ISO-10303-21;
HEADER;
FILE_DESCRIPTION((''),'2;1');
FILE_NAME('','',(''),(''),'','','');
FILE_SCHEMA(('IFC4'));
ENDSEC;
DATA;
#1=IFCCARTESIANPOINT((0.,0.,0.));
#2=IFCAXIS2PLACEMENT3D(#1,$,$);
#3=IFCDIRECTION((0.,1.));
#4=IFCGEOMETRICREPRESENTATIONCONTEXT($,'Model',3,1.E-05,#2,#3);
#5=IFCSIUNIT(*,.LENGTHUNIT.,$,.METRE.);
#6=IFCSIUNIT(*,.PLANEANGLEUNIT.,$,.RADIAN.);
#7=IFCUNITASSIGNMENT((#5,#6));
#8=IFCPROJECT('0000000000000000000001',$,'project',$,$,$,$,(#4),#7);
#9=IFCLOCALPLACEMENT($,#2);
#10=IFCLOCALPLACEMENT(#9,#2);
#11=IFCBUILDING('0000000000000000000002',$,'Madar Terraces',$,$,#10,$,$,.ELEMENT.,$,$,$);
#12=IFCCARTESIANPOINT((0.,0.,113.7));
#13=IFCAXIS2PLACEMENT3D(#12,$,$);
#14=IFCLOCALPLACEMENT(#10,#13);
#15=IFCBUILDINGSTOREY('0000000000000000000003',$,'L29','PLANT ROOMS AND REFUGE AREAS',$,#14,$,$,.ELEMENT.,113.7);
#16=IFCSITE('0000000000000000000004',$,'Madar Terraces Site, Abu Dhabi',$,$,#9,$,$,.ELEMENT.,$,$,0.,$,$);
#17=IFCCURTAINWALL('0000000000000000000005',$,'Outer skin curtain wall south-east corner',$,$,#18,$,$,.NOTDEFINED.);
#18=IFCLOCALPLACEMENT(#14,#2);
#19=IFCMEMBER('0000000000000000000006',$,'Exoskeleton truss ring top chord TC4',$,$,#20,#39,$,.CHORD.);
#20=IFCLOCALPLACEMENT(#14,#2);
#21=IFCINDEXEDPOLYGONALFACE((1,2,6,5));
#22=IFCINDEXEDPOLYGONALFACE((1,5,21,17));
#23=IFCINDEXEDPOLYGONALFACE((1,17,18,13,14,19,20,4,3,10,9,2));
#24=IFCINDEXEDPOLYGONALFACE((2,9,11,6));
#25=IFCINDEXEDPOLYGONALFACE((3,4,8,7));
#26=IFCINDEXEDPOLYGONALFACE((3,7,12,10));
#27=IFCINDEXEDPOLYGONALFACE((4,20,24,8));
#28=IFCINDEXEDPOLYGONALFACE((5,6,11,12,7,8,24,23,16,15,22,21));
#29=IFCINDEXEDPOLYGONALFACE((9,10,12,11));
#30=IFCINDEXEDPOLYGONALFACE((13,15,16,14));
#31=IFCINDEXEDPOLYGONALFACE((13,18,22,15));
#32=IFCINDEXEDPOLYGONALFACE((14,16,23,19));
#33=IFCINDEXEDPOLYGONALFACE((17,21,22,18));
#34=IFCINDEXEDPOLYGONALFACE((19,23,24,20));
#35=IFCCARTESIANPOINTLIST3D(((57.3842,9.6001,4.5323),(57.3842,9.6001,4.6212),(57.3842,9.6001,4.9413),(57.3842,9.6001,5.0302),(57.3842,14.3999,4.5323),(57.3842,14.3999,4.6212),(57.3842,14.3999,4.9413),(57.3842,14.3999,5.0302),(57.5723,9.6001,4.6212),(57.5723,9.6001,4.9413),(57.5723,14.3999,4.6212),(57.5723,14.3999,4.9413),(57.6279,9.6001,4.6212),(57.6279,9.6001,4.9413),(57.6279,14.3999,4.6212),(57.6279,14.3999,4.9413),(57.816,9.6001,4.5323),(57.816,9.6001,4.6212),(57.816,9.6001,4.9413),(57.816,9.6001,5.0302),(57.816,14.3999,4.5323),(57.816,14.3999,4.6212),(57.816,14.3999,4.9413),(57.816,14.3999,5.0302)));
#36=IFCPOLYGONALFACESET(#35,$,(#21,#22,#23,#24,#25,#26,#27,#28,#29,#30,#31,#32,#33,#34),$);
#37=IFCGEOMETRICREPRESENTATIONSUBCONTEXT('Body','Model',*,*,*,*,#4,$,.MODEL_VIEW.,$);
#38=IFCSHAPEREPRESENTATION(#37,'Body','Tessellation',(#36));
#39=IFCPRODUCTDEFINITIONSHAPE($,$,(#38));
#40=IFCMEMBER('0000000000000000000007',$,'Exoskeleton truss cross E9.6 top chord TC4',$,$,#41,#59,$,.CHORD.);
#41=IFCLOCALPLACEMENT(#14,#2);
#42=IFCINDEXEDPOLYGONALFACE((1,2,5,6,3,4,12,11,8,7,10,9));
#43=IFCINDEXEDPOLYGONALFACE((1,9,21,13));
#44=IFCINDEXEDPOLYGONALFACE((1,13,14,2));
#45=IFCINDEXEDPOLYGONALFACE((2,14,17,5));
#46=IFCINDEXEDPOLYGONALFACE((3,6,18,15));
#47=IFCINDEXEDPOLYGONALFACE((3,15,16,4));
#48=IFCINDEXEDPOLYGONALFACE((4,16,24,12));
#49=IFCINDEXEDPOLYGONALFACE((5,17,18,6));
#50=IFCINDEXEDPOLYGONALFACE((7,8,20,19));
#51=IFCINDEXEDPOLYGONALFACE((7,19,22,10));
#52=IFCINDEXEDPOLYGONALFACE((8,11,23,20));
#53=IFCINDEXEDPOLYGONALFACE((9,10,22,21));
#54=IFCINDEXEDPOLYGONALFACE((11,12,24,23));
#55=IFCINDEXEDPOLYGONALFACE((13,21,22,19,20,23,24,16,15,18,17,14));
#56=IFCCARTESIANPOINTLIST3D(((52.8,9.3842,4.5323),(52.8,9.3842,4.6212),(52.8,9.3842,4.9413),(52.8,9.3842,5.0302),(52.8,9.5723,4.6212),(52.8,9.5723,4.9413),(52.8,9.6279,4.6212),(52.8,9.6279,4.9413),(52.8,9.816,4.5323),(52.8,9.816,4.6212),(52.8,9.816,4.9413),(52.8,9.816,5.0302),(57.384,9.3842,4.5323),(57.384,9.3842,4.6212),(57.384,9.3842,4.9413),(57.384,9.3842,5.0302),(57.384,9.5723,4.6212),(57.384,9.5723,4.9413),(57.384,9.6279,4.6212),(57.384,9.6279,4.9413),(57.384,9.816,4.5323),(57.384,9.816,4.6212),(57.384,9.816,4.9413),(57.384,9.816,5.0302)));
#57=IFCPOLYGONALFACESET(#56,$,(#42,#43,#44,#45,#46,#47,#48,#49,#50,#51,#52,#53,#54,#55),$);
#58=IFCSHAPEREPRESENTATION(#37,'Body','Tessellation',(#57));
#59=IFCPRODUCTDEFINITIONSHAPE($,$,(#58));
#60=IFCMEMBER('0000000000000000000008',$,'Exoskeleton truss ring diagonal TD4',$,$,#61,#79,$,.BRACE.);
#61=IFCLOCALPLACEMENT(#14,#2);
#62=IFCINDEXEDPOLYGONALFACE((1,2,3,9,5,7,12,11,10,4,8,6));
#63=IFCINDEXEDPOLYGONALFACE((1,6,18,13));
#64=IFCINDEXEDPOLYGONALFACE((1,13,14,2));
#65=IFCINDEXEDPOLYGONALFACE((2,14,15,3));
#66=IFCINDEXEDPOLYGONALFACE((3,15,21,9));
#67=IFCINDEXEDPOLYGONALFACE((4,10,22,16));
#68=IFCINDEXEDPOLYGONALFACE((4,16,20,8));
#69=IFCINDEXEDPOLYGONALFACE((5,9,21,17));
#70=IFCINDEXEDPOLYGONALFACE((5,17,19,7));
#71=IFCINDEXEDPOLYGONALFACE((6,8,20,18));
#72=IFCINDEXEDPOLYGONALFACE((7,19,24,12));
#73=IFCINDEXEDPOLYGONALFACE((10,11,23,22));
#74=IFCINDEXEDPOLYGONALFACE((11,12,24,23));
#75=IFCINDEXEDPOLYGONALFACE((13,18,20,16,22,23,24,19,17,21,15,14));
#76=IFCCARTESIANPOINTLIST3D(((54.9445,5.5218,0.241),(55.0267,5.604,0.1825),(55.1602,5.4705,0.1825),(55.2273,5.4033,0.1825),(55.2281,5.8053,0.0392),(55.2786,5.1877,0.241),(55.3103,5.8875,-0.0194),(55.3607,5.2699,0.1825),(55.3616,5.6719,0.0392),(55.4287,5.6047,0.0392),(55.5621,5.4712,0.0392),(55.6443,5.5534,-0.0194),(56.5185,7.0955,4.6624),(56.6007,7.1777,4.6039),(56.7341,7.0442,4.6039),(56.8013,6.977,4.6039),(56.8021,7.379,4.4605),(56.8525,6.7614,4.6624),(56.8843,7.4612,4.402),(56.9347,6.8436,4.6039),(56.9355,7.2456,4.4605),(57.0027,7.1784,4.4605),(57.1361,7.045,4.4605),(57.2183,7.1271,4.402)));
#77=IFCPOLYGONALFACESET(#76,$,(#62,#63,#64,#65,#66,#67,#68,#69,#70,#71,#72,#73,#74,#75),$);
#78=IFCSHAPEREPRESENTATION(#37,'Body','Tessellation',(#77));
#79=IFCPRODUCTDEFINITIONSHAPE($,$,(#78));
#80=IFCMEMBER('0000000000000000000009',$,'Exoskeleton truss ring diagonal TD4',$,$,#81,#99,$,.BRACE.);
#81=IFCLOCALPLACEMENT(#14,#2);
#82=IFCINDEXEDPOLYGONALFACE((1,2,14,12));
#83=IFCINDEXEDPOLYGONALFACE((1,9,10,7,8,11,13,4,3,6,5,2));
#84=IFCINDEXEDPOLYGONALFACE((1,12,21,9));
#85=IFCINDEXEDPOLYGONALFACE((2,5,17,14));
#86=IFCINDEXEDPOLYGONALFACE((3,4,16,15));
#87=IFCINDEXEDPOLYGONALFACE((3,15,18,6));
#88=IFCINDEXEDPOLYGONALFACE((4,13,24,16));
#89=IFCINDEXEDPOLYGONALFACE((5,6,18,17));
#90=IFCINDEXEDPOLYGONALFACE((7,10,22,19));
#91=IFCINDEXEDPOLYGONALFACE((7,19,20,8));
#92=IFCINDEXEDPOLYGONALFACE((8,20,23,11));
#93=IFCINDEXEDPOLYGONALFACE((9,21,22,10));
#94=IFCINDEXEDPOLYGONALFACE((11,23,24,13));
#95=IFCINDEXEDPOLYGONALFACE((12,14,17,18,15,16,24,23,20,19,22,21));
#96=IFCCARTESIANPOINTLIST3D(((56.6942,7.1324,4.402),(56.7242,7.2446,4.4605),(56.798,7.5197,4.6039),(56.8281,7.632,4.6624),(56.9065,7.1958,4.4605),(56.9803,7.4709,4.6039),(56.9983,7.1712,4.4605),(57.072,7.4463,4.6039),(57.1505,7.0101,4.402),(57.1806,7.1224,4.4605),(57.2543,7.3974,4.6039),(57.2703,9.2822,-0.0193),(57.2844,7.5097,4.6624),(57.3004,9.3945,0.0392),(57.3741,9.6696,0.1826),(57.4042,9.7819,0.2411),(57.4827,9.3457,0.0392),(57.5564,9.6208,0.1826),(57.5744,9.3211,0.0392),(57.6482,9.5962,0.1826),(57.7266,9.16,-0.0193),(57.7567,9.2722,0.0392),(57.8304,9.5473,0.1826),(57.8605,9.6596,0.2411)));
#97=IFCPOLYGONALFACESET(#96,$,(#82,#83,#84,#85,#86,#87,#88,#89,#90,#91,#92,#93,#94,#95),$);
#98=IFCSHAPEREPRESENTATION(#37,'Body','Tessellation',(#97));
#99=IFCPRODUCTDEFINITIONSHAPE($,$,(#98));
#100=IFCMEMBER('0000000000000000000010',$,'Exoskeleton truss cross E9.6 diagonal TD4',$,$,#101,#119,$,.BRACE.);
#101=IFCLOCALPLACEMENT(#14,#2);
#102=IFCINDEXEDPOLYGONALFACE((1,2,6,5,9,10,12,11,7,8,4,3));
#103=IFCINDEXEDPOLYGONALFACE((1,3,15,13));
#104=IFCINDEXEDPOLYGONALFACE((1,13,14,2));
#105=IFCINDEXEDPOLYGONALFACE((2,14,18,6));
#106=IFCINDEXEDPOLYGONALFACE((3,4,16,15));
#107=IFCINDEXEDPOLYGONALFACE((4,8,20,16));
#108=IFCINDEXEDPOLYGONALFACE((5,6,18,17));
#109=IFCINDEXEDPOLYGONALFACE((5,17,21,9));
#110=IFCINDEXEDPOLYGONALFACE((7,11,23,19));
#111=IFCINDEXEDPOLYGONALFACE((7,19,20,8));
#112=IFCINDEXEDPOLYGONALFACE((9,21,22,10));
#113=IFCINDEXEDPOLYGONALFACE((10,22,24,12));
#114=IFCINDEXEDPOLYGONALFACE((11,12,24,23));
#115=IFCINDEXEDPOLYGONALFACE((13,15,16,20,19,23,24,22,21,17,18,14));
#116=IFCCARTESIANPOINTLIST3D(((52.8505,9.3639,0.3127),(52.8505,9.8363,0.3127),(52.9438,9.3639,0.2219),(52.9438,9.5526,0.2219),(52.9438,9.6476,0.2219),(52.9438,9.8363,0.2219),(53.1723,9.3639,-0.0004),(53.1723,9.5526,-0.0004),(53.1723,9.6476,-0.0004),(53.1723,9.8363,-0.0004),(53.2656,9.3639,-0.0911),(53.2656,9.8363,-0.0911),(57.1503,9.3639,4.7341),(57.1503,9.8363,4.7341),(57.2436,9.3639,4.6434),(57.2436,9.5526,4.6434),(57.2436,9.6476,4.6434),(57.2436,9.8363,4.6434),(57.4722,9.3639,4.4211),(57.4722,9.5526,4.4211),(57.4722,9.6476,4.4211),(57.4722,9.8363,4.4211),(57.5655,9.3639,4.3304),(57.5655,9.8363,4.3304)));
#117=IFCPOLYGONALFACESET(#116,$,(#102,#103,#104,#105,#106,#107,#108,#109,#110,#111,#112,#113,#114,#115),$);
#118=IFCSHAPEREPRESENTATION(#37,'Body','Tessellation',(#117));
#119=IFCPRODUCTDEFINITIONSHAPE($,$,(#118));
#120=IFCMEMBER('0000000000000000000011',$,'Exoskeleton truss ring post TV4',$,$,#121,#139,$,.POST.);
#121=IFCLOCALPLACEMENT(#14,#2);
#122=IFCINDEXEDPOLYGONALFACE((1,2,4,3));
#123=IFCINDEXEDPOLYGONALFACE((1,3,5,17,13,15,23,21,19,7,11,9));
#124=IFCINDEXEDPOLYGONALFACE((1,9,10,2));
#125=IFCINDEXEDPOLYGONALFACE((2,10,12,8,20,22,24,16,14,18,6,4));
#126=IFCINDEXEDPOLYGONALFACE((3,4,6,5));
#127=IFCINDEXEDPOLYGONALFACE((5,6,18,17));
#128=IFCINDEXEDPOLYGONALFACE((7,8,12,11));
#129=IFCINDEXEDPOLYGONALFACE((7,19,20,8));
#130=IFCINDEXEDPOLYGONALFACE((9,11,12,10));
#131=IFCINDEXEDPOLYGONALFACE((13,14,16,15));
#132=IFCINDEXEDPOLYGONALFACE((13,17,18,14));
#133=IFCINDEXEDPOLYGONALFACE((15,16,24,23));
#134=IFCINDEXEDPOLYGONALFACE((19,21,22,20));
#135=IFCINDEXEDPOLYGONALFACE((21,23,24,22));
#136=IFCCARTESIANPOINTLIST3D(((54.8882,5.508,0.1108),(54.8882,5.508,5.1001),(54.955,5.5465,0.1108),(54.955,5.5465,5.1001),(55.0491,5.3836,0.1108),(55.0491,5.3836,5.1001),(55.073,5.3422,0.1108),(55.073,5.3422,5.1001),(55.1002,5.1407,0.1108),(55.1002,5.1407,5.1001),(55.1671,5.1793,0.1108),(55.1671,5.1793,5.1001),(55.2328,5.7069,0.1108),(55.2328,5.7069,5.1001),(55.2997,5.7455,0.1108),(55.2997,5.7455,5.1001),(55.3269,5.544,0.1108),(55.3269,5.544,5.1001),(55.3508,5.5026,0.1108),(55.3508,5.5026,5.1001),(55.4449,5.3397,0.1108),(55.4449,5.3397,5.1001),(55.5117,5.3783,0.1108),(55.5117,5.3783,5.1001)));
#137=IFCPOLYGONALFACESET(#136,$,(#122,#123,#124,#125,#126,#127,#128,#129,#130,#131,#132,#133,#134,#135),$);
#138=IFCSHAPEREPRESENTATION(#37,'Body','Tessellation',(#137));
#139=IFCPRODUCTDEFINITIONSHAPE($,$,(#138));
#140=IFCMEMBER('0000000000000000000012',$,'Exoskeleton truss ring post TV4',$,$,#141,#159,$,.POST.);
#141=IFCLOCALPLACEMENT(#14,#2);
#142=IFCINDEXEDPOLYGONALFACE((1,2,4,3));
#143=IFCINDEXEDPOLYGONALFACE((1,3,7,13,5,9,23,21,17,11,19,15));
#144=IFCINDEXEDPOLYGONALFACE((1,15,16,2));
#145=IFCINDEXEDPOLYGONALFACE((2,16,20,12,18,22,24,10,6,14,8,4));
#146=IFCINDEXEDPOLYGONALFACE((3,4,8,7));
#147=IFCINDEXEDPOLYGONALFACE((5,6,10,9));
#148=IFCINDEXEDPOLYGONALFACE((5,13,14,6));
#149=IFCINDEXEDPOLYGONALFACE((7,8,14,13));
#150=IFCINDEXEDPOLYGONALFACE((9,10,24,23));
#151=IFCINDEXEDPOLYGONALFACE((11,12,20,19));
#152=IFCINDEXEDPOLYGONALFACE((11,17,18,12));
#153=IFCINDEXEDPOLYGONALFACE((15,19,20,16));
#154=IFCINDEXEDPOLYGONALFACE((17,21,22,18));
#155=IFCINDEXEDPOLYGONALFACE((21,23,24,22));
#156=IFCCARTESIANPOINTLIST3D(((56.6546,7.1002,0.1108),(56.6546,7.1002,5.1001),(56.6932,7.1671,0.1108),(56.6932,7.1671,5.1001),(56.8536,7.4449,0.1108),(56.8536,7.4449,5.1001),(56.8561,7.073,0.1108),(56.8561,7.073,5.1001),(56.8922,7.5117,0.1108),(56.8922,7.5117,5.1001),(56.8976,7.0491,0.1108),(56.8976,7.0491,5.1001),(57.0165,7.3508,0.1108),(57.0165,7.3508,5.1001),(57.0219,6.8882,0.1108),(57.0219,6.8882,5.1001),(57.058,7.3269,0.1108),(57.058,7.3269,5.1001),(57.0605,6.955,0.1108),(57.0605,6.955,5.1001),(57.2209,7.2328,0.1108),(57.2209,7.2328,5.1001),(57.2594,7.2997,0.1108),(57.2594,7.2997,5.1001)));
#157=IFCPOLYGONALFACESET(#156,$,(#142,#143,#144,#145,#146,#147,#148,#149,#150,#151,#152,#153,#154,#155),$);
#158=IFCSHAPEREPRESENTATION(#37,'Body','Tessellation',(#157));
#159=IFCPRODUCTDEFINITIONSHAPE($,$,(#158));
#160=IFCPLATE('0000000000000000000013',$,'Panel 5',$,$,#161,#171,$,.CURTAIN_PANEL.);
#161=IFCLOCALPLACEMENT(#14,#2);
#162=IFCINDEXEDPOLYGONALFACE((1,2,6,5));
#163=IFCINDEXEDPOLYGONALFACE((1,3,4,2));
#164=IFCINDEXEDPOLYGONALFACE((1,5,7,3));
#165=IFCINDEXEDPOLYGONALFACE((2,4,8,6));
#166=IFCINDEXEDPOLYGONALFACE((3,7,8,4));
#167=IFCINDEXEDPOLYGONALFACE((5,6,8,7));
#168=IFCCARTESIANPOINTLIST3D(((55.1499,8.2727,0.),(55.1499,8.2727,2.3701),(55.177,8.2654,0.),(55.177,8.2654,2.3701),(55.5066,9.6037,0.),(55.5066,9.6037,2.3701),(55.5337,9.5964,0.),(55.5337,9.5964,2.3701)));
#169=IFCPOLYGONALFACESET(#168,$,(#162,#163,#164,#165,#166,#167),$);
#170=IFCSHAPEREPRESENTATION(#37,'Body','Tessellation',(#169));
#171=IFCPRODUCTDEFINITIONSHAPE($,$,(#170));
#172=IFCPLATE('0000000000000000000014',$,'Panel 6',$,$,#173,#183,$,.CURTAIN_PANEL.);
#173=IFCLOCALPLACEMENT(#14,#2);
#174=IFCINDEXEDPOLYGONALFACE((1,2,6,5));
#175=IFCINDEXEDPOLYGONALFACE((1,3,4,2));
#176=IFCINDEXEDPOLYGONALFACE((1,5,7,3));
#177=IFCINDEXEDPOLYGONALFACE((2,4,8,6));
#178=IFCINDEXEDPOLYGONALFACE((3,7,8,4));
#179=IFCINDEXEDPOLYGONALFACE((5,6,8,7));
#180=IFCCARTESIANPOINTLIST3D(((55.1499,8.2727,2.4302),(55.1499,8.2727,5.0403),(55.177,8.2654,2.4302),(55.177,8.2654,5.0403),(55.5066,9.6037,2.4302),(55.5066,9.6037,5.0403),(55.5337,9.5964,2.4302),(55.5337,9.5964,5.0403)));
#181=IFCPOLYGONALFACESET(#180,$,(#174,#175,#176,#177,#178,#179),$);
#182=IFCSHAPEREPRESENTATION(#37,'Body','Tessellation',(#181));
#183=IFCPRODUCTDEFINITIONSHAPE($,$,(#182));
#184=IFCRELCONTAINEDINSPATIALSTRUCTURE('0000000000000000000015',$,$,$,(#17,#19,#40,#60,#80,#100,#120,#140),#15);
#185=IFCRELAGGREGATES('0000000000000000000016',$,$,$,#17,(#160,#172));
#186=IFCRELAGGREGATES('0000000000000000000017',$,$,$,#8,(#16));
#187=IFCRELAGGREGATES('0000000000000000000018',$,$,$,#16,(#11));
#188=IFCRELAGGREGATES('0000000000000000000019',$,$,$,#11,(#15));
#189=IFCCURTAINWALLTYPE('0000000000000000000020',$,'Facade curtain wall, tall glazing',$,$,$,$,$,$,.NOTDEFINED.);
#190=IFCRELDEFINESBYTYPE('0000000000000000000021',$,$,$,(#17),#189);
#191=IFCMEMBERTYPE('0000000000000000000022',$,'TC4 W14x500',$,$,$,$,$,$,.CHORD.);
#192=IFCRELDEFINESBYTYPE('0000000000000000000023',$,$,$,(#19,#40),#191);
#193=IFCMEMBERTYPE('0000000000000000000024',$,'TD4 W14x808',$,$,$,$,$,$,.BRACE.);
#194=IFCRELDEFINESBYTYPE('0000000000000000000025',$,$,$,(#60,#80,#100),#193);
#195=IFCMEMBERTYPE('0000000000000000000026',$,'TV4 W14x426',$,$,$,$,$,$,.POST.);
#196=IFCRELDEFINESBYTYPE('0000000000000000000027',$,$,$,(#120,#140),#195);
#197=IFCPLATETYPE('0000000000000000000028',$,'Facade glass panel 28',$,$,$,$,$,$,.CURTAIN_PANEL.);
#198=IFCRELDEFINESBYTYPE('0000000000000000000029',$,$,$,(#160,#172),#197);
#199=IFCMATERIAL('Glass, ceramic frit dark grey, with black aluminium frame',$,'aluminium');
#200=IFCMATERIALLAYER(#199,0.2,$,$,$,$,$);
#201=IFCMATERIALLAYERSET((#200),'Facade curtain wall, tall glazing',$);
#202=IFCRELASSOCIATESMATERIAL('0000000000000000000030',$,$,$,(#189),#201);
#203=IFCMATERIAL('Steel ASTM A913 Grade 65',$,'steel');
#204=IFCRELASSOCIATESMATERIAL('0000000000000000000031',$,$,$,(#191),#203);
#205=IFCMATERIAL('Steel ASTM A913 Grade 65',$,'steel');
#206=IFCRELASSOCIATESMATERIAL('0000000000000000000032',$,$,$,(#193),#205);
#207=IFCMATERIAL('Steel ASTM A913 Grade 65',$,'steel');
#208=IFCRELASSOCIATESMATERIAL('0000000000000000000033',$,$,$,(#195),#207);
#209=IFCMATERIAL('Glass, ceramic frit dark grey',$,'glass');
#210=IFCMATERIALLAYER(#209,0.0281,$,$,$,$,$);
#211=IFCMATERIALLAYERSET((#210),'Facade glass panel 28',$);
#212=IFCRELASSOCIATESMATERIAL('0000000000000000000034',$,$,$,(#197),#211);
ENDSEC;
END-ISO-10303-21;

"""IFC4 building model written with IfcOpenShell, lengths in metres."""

from ifc_helpers import new_model, si_unit, direction, frame, origin, origin_2d, place, context, subcontext, project, spatial, rectangle, i_section, extrude, material, layer, layer_set, material_profile, profile_set, type_object, element, aggregate, save


model = new_model("IFC4")

# Units and contexts
model_context = context("Model", 3, precision=1e-05, world=origin(), true_north=direction((0.0, 1.0)))
body_context = subcontext(model_context, "Body", "Model", "MODEL_VIEW")
ifc_project = project(units=[si_unit("LENGTHUNIT", "METRE"), si_unit("PLANEANGLEUNIT", "RADIAN")], contexts=[model_context])

# Site, building, storey
site_placement = place(None, origin())
site = spatial("IfcSite", under=ifc_project, at=site_placement, Name="Madar Terraces Site, Abu Dhabi", CompositionType="ELEMENT", RefElevation=0.0)
building_placement = place(site_placement, origin())
building = spatial("IfcBuilding", under=site, at=building_placement, Name="Madar Terraces", CompositionType="ELEMENT")
storey_placement = place(building_placement, frame((0.0, 0.0, 113.7)))
storey = spatial("IfcBuildingStorey", under=building, at=storey_placement, Name="L29", Description="PLANT ROOMS AND REFUGE AREAS", CompositionType="ELEMENT", Elevation=113.7)

# Shared definitions
ifc_material_1 = material(Name="Glass, ceramic frit dark grey, with black aluminium frame", Category="aluminium")
ifc_layer_1 = layer(ifc_material_1, 0.2)
ifc_layer_set_1 = layer_set([ifc_layer_1], Name="Facade curtain wall, tall glazing")
curtain_wall_type = type_object("IfcCurtainWallType", Name="Facade curtain wall, tall glazing", PredefinedType="NOTDEFINED", material=ifc_layer_set_1)

# Curtain wall
curtain_wall_1_placement = place(storey_placement, origin())
curtain_wall_1 = element("IfcCurtainWall", 1, at=curtain_wall_1_placement, inside=storey, type_object=curtain_wall_type, Name="Outer skin curtain wall south-east corner", PredefinedType="NOTDEFINED")

# Members
ifc_material_2 = material(Name="Steel ASTM A913 Grade 65", Category="steel")
ifc_material_profile_1 = material_profile(ifc_material_2, i_section(OverallWidth=0.4319, OverallDepth=0.4978, WebThickness=0.0557, FlangeThickness=0.0889, at=origin_2d()), Name="W14x500")
ifc_profile_set_1 = profile_set([ifc_material_profile_1], Name="Steel ASTM A913 Grade 65")
member_type_1 = type_object("IfcMemberType", Name="TC4 W14x500", PredefinedType="CHORD", material=ifc_profile_set_1)
member_1_placement = place(storey_placement, frame((57.6001, 9.6001, 4.7812), z_axis=(0.0, 1.0, 0.0), x_axis=(-1.0, 0.0, 0.0)))
element("IfcMember", 2, at=member_1_placement, inside=storey, type_object=member_type_1, Name="Exoskeleton truss ring top chord TC4", PredefinedType="CHORD", context=body_context, shape_type="SweptSolid", body=[
    extrude(i_section(OverallWidth=0.4319, OverallDepth=0.4978, WebThickness=0.0557, FlangeThickness=0.0889, at=origin_2d()), origin(), (0.0, 0.0, 1.0), 4.7998),
])
member_2_placement = place(storey_placement, frame((57.384, 9.6001, 4.7812), z_axis=(-1.0, 0.0, 0.0), x_axis=(0.0, -1.0, 0.0)))
element("IfcMember", 3, at=member_2_placement, inside=storey, type_object=member_type_1, Name="Exoskeleton truss cross E9.6 top chord TC4", PredefinedType="CHORD", context=body_context, shape_type="SweptSolid", body=[
    extrude(i_section(OverallWidth=0.4319, OverallDepth=0.4978, WebThickness=0.0557, FlangeThickness=0.0889, at=origin_2d()), origin(), (0.0, 0.0, 1.0), 4.584),
])
ifc_material_3 = material(Name="Steel ASTM A913 Grade 65", Category="steel")
ifc_material_profile_2 = material_profile(ifc_material_3, i_section(OverallWidth=0.4724, OverallDepth=0.5791, WebThickness=0.095, FlangeThickness=0.1301, at=origin_2d()), Name="W14x808")
ifc_profile_set_2 = profile_set([ifc_material_profile_2], Name="Steel ASTM A913 Grade 65")
member_type_2 = type_object("IfcMemberType", Name="TD4 W14x808", PredefinedType="BRACE", material=ifc_profile_set_2)
for number, where, z_axis, x_axis, name in (
    (4, (55.2944, 5.5376, 0.1108), (0.317973, 0.317924, 0.893206), (-0.707052, 0.707162, 0.0), "Exoskeleton truss ring diagonal TD4"),
    (5, (56.9893, 7.321, 4.5322), (0.116398, 0.434322, -0.893206), (-0.965914, 0.258864, 0.0), "Exoskeleton truss ring diagonal TD4"),
):
    element("IfcMember", number, at=place(storey_placement, frame(where, z_axis=z_axis, x_axis=x_axis)), inside=storey, type_object=member_type_2, Name=name, PredefinedType="BRACE", context=body_context, shape_type="SweptSolid", body=[
        extrude(i_section(OverallWidth=0.4724, OverallDepth=0.5791, WebThickness=0.095, FlangeThickness=0.1301, at=origin_2d()), origin(), (0.0, 0.0, 1.0), 4.95),
    ])
member_3_placement = place(storey_placement, frame((57.3579, 9.6001, 4.5322), z_axis=(-0.697181, 0.0, -0.716895), x_axis=(0.0, -1.0, 0.0)))
element("IfcMember", 6, at=member_3_placement, inside=storey, type_object=member_type_2, Name="Exoskeleton truss cross E9.6 diagonal TD4", PredefinedType="BRACE", context=body_context, shape_type="SweptSolid", body=[
    extrude(i_section(OverallWidth=0.4724, OverallDepth=0.5791, WebThickness=0.095, FlangeThickness=0.1301, at=origin_2d()), origin(), (0.0, 0.0, 1.0), 6.1675),
])
ifc_material_4 = material(Name="Steel ASTM A913 Grade 65", Category="steel")
ifc_material_profile_3 = material_profile(ifc_material_4, i_section(OverallWidth=0.4241, OverallDepth=0.4751, WebThickness=0.0479, FlangeThickness=0.0771, at=origin_2d()), Name="W14x426")
ifc_profile_set_3 = profile_set([ifc_material_profile_3], Name="Steel ASTM A913 Grade 65")
member_type_3 = type_object("IfcMemberType", Name="TV4 W14x426", PredefinedType="POST", material=ifc_profile_set_3)
for number, where, z_axis, x_axis, name in (
    (7, (55.2, 5.4431, 0.1108), (0.0, 0.0, 1.0), (-0.5, 0.866025, 0.0), "Exoskeleton truss ring post TV4"),
    (8, (56.957, 7.2, 0.1108), (0.0, 0.0, 1.0), (-0.866025, 0.5, 0.0), "Exoskeleton truss ring post TV4"),
):
    element("IfcMember", number, at=place(storey_placement, frame(where, z_axis=z_axis, x_axis=x_axis)), inside=storey, type_object=member_type_3, Name=name, PredefinedType="POST", context=body_context, shape_type="SweptSolid", body=[
        extrude(i_section(OverallWidth=0.4241, OverallDepth=0.4751, WebThickness=0.0479, FlangeThickness=0.0771, at=origin_2d()), origin(), (0.0, 0.0, 1.0), 4.9893),
    ])

# Plates
ifc_material_5 = material(Name="Glass, ceramic frit dark grey", Category="glass")
ifc_layer_2 = layer(ifc_material_5, 0.0281)
ifc_layer_set_2 = layer_set([ifc_layer_2], Name="Facade glass panel 28")
plate_type = type_object("IfcPlateType", Name="Facade glass panel 28", PredefinedType="CURTAIN_PANEL", material=ifc_layer_set_2)
plate_1_placement = place(storey_placement, frame((55.3418, 8.9346, 0.0), z_axis=(0.0, 0.0, 1.0), x_axis=(0.258819, 0.965926, 0.0)))
plate_1 = element("IfcPlate", 9, at=plate_1_placement, type_object=plate_type, Name="Panel 5", PredefinedType="CURTAIN_PANEL", context=body_context, shape_type="SweptSolid", body=[
    extrude(rectangle(XDim=1.3779, YDim=0.0281, at=origin_2d()), origin(), (0.0, 0.0, 1.0), 2.3701),
])
plate_2_placement = place(storey_placement, frame((55.3418, 8.9346, 2.4302), z_axis=(0.0, 0.0, 1.0), x_axis=(0.258819, 0.965926, 0.0)))
plate_2 = element("IfcPlate", 10, at=plate_2_placement, type_object=plate_type, Name="Panel 6", PredefinedType="CURTAIN_PANEL", context=body_context, shape_type="SweptSolid", body=[
    extrude(rectangle(XDim=1.3779, YDim=0.0281, at=origin_2d()), origin(), (0.0, 0.0, 1.0), 2.6101),
])
aggregate(curtain_wall_1, [plate_1, plate_2])

save(model, "model.ifc")
